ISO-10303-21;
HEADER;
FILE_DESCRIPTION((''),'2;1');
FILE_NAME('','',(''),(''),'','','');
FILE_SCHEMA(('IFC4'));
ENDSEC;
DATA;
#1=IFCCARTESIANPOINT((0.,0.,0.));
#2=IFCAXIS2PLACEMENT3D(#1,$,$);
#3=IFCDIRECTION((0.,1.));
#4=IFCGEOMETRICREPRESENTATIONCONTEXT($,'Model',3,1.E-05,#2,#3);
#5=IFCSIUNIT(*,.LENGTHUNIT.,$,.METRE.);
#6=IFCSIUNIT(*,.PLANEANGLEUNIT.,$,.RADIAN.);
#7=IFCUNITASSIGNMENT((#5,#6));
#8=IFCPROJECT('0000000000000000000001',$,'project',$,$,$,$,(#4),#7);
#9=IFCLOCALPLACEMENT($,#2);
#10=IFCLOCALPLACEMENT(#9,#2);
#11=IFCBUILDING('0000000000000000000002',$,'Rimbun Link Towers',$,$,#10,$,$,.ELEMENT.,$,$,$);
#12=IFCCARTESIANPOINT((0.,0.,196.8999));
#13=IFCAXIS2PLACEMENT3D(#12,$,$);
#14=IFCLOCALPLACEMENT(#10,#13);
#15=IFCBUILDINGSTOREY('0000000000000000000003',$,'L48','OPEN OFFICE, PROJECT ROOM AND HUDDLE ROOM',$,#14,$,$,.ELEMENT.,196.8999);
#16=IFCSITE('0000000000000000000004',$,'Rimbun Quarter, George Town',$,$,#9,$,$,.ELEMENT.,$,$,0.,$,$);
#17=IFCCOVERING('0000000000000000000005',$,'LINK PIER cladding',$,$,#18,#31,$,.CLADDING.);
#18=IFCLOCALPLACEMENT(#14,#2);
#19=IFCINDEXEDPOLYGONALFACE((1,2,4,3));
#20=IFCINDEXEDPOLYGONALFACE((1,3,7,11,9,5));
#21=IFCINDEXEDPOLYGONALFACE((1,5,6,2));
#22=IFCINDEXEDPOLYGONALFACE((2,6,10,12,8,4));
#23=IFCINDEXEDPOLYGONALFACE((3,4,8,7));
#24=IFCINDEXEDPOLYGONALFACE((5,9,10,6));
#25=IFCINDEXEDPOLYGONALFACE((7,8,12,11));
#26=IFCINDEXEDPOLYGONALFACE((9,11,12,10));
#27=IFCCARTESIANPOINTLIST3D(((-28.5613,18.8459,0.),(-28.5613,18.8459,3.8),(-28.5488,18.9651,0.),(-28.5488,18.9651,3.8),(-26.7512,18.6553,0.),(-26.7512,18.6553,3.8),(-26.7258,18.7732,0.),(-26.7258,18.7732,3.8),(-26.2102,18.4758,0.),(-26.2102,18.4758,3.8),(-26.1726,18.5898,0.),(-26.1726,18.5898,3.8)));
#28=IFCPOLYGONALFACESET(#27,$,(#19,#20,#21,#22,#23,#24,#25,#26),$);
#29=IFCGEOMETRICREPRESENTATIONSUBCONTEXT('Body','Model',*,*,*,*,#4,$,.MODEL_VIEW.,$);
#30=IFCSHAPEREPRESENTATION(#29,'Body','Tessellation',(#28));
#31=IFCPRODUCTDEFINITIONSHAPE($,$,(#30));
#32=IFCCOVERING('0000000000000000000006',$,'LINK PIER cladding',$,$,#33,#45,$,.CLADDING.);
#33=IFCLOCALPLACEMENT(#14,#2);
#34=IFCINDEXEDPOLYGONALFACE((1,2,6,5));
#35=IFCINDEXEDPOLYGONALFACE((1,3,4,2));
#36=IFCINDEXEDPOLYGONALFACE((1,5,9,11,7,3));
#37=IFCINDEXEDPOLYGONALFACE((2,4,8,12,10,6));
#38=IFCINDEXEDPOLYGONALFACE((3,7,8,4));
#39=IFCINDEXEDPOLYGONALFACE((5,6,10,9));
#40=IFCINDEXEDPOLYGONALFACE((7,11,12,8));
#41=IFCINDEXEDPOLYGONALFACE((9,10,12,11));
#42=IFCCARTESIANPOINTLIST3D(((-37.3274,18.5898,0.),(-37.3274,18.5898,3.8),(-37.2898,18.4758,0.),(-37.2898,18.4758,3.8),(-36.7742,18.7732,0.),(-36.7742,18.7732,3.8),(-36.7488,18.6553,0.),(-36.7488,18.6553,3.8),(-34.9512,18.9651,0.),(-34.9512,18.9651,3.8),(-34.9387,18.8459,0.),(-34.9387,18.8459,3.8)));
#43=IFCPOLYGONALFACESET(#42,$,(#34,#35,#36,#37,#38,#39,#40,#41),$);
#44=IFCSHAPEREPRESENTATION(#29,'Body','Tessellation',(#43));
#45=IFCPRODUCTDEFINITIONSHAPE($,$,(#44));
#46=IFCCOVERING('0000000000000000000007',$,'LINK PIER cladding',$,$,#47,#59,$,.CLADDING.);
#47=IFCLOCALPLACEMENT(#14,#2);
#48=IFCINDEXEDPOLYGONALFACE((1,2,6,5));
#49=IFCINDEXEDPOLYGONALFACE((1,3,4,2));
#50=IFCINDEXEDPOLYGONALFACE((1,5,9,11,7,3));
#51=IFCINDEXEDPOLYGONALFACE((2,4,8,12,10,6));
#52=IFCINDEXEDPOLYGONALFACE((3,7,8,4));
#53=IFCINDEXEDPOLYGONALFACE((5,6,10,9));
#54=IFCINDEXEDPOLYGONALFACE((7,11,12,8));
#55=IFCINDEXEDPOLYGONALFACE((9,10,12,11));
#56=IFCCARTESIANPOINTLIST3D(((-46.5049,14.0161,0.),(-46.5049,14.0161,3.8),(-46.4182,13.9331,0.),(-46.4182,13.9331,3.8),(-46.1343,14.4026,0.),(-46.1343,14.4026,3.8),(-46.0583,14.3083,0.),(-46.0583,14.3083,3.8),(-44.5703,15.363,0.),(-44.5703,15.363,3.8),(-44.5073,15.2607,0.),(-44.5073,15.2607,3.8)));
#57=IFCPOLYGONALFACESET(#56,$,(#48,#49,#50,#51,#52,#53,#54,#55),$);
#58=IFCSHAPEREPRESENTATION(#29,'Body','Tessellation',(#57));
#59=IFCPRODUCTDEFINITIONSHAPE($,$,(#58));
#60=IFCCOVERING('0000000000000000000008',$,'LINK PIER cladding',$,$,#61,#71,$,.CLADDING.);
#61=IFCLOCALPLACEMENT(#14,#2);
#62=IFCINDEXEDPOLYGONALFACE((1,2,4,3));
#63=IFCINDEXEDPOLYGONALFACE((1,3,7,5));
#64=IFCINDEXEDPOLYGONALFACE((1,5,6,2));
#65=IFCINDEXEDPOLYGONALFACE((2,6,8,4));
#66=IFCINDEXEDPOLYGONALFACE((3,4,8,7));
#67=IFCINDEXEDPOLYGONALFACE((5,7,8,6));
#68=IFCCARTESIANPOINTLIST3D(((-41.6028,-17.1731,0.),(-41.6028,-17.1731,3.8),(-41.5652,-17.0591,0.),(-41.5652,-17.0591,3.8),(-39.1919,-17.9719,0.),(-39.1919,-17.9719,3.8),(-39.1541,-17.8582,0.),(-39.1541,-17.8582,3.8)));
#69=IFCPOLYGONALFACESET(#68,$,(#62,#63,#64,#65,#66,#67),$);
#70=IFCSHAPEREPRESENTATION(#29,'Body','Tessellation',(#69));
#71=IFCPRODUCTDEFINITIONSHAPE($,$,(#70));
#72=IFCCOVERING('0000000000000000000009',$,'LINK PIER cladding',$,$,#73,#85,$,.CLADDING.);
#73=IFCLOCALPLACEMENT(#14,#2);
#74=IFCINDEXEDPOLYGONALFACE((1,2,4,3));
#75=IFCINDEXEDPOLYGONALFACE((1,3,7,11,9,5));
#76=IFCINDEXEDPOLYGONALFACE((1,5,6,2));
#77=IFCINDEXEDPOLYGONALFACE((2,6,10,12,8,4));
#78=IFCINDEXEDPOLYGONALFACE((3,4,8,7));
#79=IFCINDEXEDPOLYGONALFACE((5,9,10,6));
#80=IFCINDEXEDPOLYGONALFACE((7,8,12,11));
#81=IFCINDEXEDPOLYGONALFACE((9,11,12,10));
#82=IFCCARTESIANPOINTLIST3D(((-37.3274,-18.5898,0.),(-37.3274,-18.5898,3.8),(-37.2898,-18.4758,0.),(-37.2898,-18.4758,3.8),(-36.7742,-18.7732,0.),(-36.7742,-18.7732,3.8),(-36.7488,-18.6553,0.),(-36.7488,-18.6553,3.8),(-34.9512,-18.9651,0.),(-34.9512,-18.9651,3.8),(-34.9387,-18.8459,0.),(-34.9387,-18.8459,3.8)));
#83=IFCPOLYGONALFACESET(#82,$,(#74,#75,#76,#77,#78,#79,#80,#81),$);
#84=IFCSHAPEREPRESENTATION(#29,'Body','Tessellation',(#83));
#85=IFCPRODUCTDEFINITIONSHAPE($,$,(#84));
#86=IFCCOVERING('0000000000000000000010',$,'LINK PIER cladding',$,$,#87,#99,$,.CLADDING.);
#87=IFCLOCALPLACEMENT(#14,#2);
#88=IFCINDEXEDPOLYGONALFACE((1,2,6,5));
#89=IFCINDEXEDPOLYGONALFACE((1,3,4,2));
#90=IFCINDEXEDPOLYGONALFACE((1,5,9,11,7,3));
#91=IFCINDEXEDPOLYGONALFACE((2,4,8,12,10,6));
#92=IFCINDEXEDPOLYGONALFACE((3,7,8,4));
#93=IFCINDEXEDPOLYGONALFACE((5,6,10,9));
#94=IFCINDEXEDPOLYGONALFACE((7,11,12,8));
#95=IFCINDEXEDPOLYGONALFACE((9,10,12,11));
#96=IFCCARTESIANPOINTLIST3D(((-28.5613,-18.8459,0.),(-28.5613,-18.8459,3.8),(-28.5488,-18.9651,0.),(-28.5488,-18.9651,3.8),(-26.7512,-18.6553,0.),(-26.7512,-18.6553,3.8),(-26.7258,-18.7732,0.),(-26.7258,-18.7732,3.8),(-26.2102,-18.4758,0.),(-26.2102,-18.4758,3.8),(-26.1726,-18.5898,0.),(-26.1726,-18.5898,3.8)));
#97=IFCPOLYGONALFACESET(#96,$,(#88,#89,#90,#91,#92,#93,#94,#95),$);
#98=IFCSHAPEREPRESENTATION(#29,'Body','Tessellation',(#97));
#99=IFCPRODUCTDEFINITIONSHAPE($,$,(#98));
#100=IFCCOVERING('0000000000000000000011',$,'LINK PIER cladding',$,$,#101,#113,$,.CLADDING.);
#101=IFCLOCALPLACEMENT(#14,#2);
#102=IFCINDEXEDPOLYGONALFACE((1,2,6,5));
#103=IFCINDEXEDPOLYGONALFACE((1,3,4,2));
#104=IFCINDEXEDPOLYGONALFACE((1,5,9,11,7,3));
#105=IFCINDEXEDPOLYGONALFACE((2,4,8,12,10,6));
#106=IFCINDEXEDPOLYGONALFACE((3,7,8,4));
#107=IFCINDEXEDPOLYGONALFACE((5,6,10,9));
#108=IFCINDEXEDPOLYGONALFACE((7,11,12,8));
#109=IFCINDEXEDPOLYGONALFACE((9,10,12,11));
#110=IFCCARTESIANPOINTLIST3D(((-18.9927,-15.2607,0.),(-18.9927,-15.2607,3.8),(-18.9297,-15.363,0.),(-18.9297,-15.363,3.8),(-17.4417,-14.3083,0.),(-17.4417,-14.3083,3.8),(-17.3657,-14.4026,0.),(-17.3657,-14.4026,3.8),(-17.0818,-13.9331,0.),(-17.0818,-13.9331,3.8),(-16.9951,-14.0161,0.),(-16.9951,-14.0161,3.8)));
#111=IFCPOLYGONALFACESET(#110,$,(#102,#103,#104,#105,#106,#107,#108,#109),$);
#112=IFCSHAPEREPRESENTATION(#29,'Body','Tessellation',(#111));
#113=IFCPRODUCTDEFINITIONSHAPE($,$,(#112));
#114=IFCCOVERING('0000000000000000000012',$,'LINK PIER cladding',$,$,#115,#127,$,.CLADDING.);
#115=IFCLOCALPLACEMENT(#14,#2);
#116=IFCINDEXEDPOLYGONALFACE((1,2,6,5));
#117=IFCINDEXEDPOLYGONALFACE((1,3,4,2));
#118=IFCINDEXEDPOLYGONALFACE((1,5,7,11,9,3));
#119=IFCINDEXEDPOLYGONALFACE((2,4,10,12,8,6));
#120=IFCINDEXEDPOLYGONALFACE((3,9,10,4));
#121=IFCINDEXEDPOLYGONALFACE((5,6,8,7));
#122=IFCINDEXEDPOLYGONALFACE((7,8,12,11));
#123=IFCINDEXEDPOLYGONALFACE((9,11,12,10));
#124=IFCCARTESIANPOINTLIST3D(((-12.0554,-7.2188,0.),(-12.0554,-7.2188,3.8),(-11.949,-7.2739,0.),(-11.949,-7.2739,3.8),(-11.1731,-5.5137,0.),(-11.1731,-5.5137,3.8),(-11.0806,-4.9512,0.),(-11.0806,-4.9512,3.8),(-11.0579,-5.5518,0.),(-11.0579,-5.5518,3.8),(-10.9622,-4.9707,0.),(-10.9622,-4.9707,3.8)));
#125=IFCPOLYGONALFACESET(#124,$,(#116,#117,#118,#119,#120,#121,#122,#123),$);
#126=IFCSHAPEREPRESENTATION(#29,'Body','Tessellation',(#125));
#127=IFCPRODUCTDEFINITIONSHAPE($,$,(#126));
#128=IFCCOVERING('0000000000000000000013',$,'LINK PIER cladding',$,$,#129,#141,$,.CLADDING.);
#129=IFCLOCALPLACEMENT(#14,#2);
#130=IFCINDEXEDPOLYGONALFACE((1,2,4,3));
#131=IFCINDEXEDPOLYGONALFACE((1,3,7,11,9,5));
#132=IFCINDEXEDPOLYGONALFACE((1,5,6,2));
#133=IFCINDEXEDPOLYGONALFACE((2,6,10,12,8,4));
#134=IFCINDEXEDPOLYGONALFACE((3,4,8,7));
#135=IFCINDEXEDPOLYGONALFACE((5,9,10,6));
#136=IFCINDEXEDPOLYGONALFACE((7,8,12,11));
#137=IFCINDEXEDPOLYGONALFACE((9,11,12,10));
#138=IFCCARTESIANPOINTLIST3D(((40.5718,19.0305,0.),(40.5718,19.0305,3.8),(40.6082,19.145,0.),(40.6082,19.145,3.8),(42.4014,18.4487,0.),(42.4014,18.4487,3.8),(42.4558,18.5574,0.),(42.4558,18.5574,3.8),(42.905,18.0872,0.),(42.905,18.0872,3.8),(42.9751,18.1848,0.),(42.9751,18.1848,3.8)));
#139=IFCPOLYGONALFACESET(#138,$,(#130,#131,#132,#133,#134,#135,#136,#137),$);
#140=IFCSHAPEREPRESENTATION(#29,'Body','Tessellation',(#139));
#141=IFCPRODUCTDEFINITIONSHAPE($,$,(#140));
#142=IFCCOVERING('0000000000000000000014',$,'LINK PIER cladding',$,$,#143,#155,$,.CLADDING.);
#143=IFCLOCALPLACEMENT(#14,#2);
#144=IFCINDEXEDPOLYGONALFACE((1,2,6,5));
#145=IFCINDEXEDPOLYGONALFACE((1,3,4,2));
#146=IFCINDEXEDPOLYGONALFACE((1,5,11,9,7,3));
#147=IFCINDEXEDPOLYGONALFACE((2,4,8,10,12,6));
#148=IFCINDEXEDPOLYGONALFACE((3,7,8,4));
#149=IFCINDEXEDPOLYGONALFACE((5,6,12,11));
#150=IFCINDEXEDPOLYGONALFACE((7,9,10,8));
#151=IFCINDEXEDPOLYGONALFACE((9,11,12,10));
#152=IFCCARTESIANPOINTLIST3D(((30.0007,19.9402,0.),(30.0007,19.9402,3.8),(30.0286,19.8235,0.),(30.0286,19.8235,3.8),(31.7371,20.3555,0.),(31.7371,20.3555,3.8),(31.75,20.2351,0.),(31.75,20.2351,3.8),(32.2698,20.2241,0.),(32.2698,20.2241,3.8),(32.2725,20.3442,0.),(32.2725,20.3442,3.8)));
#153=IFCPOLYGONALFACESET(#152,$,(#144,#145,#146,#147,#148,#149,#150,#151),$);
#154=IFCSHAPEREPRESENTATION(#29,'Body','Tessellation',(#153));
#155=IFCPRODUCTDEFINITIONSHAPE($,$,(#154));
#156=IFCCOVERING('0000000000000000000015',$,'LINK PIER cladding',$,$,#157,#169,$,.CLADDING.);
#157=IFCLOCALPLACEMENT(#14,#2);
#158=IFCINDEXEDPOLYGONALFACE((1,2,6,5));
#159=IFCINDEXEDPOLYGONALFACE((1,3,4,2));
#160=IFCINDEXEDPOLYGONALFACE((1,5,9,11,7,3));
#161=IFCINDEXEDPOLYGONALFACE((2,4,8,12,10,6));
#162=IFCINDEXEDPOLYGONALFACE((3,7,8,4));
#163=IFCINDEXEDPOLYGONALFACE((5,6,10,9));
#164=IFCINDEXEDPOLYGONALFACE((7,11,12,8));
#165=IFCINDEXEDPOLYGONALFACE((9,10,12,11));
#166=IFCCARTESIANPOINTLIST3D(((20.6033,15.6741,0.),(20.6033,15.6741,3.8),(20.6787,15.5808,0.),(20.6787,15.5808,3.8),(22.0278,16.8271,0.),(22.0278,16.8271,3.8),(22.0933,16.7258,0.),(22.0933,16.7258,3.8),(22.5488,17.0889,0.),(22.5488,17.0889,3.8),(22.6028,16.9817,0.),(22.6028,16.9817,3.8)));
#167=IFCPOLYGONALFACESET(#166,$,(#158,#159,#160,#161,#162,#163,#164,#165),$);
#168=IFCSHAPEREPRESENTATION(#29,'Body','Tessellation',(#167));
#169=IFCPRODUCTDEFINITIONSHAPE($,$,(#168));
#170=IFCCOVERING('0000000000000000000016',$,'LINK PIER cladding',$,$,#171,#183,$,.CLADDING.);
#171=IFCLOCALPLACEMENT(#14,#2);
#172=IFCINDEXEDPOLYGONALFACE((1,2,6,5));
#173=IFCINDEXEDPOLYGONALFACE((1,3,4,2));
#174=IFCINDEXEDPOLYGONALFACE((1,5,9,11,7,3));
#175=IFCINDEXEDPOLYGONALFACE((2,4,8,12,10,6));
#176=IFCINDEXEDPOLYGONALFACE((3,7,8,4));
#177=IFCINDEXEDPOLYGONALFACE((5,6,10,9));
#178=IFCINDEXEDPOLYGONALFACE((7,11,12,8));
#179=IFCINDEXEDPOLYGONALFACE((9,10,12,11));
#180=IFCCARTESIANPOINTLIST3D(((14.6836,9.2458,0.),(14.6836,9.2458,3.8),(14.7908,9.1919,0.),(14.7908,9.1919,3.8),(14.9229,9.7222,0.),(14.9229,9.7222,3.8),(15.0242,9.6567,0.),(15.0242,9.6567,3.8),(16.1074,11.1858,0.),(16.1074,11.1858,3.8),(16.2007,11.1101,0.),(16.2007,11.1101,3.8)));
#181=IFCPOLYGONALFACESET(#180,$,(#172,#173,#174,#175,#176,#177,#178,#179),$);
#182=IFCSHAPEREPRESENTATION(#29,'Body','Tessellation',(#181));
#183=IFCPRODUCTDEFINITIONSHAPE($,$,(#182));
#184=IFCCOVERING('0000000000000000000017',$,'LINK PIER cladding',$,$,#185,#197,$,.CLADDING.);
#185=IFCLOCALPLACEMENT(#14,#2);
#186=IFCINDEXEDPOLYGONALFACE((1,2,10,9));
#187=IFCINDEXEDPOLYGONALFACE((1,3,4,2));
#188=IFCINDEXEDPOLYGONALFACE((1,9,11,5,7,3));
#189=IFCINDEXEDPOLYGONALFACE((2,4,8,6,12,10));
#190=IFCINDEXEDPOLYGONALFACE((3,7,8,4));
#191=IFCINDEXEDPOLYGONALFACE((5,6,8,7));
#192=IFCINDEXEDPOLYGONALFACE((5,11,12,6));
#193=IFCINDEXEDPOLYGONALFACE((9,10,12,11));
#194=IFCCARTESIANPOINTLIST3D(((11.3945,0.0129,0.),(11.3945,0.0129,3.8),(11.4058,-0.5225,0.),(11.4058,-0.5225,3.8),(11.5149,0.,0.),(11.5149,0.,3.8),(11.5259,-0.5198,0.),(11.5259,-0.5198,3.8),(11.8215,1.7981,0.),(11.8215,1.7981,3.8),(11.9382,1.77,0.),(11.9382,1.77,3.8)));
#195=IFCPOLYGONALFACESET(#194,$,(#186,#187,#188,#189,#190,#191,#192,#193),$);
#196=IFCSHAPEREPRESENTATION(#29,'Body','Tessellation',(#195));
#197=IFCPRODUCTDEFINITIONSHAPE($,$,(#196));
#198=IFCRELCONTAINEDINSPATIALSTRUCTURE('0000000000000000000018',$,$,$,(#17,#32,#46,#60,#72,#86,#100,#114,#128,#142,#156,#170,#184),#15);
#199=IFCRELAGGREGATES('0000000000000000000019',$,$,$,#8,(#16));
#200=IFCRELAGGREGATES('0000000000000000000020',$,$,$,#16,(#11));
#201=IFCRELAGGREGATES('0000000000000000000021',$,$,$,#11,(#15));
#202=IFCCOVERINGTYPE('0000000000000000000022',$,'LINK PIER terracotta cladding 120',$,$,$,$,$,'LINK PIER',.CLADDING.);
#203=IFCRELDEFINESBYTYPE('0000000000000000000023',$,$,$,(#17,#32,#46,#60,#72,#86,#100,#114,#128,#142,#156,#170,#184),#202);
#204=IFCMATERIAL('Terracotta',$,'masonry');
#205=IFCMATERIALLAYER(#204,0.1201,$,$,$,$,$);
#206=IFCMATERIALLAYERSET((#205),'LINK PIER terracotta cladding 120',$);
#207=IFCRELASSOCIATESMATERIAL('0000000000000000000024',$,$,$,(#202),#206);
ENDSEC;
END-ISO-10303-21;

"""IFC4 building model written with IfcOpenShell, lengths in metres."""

from ifc_helpers import new_model, si_unit, direction, frame, origin, place, context, subcontext, project, spatial, polyline, outline, extrude, material, layer, layer_set, type_object, element, save


model = new_model("IFC4")

# Units and contexts
model_context = context("Model", 3, precision=1e-05, world=origin(), true_north=direction((0.0, 1.0)))
body_context = subcontext(model_context, "Body", "Model", "MODEL_VIEW")
ifc_project = project(units=[si_unit("LENGTHUNIT", "METRE"), si_unit("PLANEANGLEUNIT", "RADIAN")], contexts=[model_context])

# Site, building, storey
site_placement = place(None, origin())
site = spatial("IfcSite", under=ifc_project, at=site_placement, Name="Rimbun Quarter, George Town", CompositionType="ELEMENT", RefElevation=0.0)
building_placement = place(site_placement, origin())
building = spatial("IfcBuilding", under=site, at=building_placement, Name="Rimbun Link Towers", CompositionType="ELEMENT")
storey_placement = place(building_placement, frame((0.0, 0.0, 196.8999)))
storey = spatial("IfcBuildingStorey", under=building, at=storey_placement, Name="L48", Description="OPEN OFFICE, PROJECT ROOM AND HUDDLE ROOM", CompositionType="ELEMENT", Elevation=196.8999)

# Coverings
ifc_material_1 = material(Name="Terracotta", Category="masonry")
ifc_layer_1 = layer(ifc_material_1, 0.1201)
ifc_layer_set_1 = layer_set([ifc_layer_1], Name="LINK PIER terracotta cladding 120")
covering_type_1 = type_object("IfcCoveringType", Name="LINK PIER terracotta cladding 120", ElementType="LINK PIER", PredefinedType="CLADDING", material=ifc_layer_set_1)
covering_1_placement = place(storey_placement, origin())
element("IfcCovering", 1, at=covering_1_placement, inside=storey, type_object=covering_type_1, Name="LINK PIER cladding", PredefinedType="CLADDING", context=body_context, shape_type="SweptSolid", body=[
    extrude(outline(polyline([(-28.5613, 18.8459), (-26.7512, 18.6553), (-26.2102, 18.4758), (-26.1726, 18.5898), (-26.7258, 18.7732), (-28.5488, 18.9651), (-28.5613, 18.8459)])), origin(), (0.0, 0.0, 1.0), 3.8),
])
covering_2_placement = place(storey_placement, origin())
element("IfcCovering", 2, at=covering_2_placement, inside=storey, type_object=covering_type_1, Name="LINK PIER cladding", PredefinedType="CLADDING", context=body_context, shape_type="SweptSolid", body=[
    extrude(outline(polyline([(-37.2898, 18.4758), (-36.7488, 18.6553), (-34.9387, 18.8459), (-34.9512, 18.9651), (-36.7742, 18.7732), (-37.3274, 18.5898), (-37.2898, 18.4758)])), origin(), (0.0, 0.0, 1.0), 3.8),
])
covering_3_placement = place(storey_placement, origin())
element("IfcCovering", 3, at=covering_3_placement, inside=storey, type_object=covering_type_1, Name="LINK PIER cladding", PredefinedType="CLADDING", context=body_context, shape_type="SweptSolid", body=[
    extrude(outline(polyline([(-46.4182, 13.9331), (-46.0583, 14.3083), (-44.5073, 15.2607), (-44.5703, 15.363), (-46.1343, 14.4026), (-46.5049, 14.0161), (-46.4182, 13.9331)])), origin(), (0.0, 0.0, 1.0), 3.8),
])
covering_4_placement = place(storey_placement, origin())
element("IfcCovering", 4, at=covering_4_placement, inside=storey, type_object=covering_type_1, Name="LINK PIER cladding", PredefinedType="CLADDING", context=body_context, shape_type="SweptSolid", body=[
    extrude(outline(polyline([(-39.1541, -17.8582), (-41.5652, -17.0591), (-41.6028, -17.1731), (-39.1919, -17.9719), (-39.1541, -17.8582)])), origin(), (0.0, 0.0, 1.0), 3.8),
])
covering_5_placement = place(storey_placement, origin())
element("IfcCovering", 5, at=covering_5_placement, inside=storey, type_object=covering_type_1, Name="LINK PIER cladding", PredefinedType="CLADDING", context=body_context, shape_type="SweptSolid", body=[
    extrude(outline(polyline([(-34.9387, -18.8459), (-36.7488, -18.6553), (-37.2898, -18.4758), (-37.3274, -18.5898), (-36.7742, -18.7732), (-34.9512, -18.9651), (-34.9387, -18.8459)])), origin(), (0.0, 0.0, 1.0), 3.8),
])
covering_6_placement = place(storey_placement, origin())
element("IfcCovering", 6, at=covering_6_placement, inside=storey, type_object=covering_type_1, Name="LINK PIER cladding", PredefinedType="CLADDING", context=body_context, shape_type="SweptSolid", body=[
    extrude(outline(polyline([(-26.2102, -18.4758), (-26.7512, -18.6553), (-28.5613, -18.8459), (-28.5488, -18.9651), (-26.7258, -18.7732), (-26.1726, -18.5898), (-26.2102, -18.4758)])), origin(), (0.0, 0.0, 1.0), 3.8),
])
covering_7_placement = place(storey_placement, origin())
element("IfcCovering", 7, at=covering_7_placement, inside=storey, type_object=covering_type_1, Name="LINK PIER cladding", PredefinedType="CLADDING", context=body_context, shape_type="SweptSolid", body=[
    extrude(outline(polyline([(-17.0818, -13.9331), (-17.4417, -14.3083), (-18.9927, -15.2607), (-18.9297, -15.363), (-17.3657, -14.4026), (-16.9951, -14.0161), (-17.0818, -13.9331)])), origin(), (0.0, 0.0, 1.0), 3.8),
])
covering_8_placement = place(storey_placement, origin())
element("IfcCovering", 8, at=covering_8_placement, inside=storey, type_object=covering_type_1, Name="LINK PIER cladding", PredefinedType="CLADDING", context=body_context, shape_type="SweptSolid", body=[
    extrude(outline(polyline([(-11.0806, -4.9512), (-11.1731, -5.5137), (-12.0554, -7.2188), (-11.949, -7.2739), (-11.0579, -5.5518), (-10.9622, -4.9707), (-11.0806, -4.9512)])), origin(), (0.0, 0.0, 1.0), 3.8),
])
covering_9_placement = place(storey_placement, origin())
element("IfcCovering", 9, at=covering_9_placement, inside=storey, type_object=covering_type_1, Name="LINK PIER cladding", PredefinedType="CLADDING", context=body_context, shape_type="SweptSolid", body=[
    extrude(outline(polyline([(40.5718, 19.0305), (42.4014, 18.4487), (42.905, 18.0872), (42.9751, 18.1848), (42.4558, 18.5574), (40.6082, 19.145), (40.5718, 19.0305)])), origin(), (0.0, 0.0, 1.0), 3.8),
])
covering_10_placement = place(storey_placement, origin())
element("IfcCovering", 10, at=covering_10_placement, inside=storey, type_object=covering_type_1, Name="LINK PIER cladding", PredefinedType="CLADDING", context=body_context, shape_type="SweptSolid", body=[
    extrude(outline(polyline([(30.0286, 19.8235), (31.75, 20.2351), (32.2698, 20.2241), (32.2725, 20.3442), (31.7371, 20.3555), (30.0007, 19.9402), (30.0286, 19.8235)])), origin(), (0.0, 0.0, 1.0), 3.8),
])
covering_11_placement = place(storey_placement, origin())
element("IfcCovering", 11, at=covering_11_placement, inside=storey, type_object=covering_type_1, Name="LINK PIER cladding", PredefinedType="CLADDING", context=body_context, shape_type="SweptSolid", body=[
    extrude(outline(polyline([(20.6787, 15.5808), (22.0933, 16.7258), (22.6028, 16.9817), (22.5488, 17.0889), (22.0278, 16.8271), (20.6033, 15.6741), (20.6787, 15.5808)])), origin(), (0.0, 0.0, 1.0), 3.8),
])
covering_12_placement = place(storey_placement, origin())
element("IfcCovering", 12, at=covering_12_placement, inside=storey, type_object=covering_type_1, Name="LINK PIER cladding", PredefinedType="CLADDING", context=body_context, shape_type="SweptSolid", body=[
    extrude(outline(polyline([(14.7908, 9.1919), (15.0242, 9.6567), (16.2007, 11.1101), (16.1074, 11.1858), (14.9229, 9.7222), (14.6836, 9.2458), (14.7908, 9.1919)])), origin(), (0.0, 0.0, 1.0), 3.8),
])
covering_13_placement = place(storey_placement, origin())
element("IfcCovering", 13, at=covering_13_placement, inside=storey, type_object=covering_type_1, Name="LINK PIER cladding", PredefinedType="CLADDING", context=body_context, shape_type="SweptSolid", body=[
    extrude(outline(polyline([(11.5259, -0.5198), (11.5149, 0.0), (11.9382, 1.77), (11.8215, 1.7981), (11.3945, 0.0129), (11.4058, -0.5225), (11.5259, -0.5198)])), origin(), (0.0, 0.0, 1.0), 3.8),
])

save(model, "model.ifc")
